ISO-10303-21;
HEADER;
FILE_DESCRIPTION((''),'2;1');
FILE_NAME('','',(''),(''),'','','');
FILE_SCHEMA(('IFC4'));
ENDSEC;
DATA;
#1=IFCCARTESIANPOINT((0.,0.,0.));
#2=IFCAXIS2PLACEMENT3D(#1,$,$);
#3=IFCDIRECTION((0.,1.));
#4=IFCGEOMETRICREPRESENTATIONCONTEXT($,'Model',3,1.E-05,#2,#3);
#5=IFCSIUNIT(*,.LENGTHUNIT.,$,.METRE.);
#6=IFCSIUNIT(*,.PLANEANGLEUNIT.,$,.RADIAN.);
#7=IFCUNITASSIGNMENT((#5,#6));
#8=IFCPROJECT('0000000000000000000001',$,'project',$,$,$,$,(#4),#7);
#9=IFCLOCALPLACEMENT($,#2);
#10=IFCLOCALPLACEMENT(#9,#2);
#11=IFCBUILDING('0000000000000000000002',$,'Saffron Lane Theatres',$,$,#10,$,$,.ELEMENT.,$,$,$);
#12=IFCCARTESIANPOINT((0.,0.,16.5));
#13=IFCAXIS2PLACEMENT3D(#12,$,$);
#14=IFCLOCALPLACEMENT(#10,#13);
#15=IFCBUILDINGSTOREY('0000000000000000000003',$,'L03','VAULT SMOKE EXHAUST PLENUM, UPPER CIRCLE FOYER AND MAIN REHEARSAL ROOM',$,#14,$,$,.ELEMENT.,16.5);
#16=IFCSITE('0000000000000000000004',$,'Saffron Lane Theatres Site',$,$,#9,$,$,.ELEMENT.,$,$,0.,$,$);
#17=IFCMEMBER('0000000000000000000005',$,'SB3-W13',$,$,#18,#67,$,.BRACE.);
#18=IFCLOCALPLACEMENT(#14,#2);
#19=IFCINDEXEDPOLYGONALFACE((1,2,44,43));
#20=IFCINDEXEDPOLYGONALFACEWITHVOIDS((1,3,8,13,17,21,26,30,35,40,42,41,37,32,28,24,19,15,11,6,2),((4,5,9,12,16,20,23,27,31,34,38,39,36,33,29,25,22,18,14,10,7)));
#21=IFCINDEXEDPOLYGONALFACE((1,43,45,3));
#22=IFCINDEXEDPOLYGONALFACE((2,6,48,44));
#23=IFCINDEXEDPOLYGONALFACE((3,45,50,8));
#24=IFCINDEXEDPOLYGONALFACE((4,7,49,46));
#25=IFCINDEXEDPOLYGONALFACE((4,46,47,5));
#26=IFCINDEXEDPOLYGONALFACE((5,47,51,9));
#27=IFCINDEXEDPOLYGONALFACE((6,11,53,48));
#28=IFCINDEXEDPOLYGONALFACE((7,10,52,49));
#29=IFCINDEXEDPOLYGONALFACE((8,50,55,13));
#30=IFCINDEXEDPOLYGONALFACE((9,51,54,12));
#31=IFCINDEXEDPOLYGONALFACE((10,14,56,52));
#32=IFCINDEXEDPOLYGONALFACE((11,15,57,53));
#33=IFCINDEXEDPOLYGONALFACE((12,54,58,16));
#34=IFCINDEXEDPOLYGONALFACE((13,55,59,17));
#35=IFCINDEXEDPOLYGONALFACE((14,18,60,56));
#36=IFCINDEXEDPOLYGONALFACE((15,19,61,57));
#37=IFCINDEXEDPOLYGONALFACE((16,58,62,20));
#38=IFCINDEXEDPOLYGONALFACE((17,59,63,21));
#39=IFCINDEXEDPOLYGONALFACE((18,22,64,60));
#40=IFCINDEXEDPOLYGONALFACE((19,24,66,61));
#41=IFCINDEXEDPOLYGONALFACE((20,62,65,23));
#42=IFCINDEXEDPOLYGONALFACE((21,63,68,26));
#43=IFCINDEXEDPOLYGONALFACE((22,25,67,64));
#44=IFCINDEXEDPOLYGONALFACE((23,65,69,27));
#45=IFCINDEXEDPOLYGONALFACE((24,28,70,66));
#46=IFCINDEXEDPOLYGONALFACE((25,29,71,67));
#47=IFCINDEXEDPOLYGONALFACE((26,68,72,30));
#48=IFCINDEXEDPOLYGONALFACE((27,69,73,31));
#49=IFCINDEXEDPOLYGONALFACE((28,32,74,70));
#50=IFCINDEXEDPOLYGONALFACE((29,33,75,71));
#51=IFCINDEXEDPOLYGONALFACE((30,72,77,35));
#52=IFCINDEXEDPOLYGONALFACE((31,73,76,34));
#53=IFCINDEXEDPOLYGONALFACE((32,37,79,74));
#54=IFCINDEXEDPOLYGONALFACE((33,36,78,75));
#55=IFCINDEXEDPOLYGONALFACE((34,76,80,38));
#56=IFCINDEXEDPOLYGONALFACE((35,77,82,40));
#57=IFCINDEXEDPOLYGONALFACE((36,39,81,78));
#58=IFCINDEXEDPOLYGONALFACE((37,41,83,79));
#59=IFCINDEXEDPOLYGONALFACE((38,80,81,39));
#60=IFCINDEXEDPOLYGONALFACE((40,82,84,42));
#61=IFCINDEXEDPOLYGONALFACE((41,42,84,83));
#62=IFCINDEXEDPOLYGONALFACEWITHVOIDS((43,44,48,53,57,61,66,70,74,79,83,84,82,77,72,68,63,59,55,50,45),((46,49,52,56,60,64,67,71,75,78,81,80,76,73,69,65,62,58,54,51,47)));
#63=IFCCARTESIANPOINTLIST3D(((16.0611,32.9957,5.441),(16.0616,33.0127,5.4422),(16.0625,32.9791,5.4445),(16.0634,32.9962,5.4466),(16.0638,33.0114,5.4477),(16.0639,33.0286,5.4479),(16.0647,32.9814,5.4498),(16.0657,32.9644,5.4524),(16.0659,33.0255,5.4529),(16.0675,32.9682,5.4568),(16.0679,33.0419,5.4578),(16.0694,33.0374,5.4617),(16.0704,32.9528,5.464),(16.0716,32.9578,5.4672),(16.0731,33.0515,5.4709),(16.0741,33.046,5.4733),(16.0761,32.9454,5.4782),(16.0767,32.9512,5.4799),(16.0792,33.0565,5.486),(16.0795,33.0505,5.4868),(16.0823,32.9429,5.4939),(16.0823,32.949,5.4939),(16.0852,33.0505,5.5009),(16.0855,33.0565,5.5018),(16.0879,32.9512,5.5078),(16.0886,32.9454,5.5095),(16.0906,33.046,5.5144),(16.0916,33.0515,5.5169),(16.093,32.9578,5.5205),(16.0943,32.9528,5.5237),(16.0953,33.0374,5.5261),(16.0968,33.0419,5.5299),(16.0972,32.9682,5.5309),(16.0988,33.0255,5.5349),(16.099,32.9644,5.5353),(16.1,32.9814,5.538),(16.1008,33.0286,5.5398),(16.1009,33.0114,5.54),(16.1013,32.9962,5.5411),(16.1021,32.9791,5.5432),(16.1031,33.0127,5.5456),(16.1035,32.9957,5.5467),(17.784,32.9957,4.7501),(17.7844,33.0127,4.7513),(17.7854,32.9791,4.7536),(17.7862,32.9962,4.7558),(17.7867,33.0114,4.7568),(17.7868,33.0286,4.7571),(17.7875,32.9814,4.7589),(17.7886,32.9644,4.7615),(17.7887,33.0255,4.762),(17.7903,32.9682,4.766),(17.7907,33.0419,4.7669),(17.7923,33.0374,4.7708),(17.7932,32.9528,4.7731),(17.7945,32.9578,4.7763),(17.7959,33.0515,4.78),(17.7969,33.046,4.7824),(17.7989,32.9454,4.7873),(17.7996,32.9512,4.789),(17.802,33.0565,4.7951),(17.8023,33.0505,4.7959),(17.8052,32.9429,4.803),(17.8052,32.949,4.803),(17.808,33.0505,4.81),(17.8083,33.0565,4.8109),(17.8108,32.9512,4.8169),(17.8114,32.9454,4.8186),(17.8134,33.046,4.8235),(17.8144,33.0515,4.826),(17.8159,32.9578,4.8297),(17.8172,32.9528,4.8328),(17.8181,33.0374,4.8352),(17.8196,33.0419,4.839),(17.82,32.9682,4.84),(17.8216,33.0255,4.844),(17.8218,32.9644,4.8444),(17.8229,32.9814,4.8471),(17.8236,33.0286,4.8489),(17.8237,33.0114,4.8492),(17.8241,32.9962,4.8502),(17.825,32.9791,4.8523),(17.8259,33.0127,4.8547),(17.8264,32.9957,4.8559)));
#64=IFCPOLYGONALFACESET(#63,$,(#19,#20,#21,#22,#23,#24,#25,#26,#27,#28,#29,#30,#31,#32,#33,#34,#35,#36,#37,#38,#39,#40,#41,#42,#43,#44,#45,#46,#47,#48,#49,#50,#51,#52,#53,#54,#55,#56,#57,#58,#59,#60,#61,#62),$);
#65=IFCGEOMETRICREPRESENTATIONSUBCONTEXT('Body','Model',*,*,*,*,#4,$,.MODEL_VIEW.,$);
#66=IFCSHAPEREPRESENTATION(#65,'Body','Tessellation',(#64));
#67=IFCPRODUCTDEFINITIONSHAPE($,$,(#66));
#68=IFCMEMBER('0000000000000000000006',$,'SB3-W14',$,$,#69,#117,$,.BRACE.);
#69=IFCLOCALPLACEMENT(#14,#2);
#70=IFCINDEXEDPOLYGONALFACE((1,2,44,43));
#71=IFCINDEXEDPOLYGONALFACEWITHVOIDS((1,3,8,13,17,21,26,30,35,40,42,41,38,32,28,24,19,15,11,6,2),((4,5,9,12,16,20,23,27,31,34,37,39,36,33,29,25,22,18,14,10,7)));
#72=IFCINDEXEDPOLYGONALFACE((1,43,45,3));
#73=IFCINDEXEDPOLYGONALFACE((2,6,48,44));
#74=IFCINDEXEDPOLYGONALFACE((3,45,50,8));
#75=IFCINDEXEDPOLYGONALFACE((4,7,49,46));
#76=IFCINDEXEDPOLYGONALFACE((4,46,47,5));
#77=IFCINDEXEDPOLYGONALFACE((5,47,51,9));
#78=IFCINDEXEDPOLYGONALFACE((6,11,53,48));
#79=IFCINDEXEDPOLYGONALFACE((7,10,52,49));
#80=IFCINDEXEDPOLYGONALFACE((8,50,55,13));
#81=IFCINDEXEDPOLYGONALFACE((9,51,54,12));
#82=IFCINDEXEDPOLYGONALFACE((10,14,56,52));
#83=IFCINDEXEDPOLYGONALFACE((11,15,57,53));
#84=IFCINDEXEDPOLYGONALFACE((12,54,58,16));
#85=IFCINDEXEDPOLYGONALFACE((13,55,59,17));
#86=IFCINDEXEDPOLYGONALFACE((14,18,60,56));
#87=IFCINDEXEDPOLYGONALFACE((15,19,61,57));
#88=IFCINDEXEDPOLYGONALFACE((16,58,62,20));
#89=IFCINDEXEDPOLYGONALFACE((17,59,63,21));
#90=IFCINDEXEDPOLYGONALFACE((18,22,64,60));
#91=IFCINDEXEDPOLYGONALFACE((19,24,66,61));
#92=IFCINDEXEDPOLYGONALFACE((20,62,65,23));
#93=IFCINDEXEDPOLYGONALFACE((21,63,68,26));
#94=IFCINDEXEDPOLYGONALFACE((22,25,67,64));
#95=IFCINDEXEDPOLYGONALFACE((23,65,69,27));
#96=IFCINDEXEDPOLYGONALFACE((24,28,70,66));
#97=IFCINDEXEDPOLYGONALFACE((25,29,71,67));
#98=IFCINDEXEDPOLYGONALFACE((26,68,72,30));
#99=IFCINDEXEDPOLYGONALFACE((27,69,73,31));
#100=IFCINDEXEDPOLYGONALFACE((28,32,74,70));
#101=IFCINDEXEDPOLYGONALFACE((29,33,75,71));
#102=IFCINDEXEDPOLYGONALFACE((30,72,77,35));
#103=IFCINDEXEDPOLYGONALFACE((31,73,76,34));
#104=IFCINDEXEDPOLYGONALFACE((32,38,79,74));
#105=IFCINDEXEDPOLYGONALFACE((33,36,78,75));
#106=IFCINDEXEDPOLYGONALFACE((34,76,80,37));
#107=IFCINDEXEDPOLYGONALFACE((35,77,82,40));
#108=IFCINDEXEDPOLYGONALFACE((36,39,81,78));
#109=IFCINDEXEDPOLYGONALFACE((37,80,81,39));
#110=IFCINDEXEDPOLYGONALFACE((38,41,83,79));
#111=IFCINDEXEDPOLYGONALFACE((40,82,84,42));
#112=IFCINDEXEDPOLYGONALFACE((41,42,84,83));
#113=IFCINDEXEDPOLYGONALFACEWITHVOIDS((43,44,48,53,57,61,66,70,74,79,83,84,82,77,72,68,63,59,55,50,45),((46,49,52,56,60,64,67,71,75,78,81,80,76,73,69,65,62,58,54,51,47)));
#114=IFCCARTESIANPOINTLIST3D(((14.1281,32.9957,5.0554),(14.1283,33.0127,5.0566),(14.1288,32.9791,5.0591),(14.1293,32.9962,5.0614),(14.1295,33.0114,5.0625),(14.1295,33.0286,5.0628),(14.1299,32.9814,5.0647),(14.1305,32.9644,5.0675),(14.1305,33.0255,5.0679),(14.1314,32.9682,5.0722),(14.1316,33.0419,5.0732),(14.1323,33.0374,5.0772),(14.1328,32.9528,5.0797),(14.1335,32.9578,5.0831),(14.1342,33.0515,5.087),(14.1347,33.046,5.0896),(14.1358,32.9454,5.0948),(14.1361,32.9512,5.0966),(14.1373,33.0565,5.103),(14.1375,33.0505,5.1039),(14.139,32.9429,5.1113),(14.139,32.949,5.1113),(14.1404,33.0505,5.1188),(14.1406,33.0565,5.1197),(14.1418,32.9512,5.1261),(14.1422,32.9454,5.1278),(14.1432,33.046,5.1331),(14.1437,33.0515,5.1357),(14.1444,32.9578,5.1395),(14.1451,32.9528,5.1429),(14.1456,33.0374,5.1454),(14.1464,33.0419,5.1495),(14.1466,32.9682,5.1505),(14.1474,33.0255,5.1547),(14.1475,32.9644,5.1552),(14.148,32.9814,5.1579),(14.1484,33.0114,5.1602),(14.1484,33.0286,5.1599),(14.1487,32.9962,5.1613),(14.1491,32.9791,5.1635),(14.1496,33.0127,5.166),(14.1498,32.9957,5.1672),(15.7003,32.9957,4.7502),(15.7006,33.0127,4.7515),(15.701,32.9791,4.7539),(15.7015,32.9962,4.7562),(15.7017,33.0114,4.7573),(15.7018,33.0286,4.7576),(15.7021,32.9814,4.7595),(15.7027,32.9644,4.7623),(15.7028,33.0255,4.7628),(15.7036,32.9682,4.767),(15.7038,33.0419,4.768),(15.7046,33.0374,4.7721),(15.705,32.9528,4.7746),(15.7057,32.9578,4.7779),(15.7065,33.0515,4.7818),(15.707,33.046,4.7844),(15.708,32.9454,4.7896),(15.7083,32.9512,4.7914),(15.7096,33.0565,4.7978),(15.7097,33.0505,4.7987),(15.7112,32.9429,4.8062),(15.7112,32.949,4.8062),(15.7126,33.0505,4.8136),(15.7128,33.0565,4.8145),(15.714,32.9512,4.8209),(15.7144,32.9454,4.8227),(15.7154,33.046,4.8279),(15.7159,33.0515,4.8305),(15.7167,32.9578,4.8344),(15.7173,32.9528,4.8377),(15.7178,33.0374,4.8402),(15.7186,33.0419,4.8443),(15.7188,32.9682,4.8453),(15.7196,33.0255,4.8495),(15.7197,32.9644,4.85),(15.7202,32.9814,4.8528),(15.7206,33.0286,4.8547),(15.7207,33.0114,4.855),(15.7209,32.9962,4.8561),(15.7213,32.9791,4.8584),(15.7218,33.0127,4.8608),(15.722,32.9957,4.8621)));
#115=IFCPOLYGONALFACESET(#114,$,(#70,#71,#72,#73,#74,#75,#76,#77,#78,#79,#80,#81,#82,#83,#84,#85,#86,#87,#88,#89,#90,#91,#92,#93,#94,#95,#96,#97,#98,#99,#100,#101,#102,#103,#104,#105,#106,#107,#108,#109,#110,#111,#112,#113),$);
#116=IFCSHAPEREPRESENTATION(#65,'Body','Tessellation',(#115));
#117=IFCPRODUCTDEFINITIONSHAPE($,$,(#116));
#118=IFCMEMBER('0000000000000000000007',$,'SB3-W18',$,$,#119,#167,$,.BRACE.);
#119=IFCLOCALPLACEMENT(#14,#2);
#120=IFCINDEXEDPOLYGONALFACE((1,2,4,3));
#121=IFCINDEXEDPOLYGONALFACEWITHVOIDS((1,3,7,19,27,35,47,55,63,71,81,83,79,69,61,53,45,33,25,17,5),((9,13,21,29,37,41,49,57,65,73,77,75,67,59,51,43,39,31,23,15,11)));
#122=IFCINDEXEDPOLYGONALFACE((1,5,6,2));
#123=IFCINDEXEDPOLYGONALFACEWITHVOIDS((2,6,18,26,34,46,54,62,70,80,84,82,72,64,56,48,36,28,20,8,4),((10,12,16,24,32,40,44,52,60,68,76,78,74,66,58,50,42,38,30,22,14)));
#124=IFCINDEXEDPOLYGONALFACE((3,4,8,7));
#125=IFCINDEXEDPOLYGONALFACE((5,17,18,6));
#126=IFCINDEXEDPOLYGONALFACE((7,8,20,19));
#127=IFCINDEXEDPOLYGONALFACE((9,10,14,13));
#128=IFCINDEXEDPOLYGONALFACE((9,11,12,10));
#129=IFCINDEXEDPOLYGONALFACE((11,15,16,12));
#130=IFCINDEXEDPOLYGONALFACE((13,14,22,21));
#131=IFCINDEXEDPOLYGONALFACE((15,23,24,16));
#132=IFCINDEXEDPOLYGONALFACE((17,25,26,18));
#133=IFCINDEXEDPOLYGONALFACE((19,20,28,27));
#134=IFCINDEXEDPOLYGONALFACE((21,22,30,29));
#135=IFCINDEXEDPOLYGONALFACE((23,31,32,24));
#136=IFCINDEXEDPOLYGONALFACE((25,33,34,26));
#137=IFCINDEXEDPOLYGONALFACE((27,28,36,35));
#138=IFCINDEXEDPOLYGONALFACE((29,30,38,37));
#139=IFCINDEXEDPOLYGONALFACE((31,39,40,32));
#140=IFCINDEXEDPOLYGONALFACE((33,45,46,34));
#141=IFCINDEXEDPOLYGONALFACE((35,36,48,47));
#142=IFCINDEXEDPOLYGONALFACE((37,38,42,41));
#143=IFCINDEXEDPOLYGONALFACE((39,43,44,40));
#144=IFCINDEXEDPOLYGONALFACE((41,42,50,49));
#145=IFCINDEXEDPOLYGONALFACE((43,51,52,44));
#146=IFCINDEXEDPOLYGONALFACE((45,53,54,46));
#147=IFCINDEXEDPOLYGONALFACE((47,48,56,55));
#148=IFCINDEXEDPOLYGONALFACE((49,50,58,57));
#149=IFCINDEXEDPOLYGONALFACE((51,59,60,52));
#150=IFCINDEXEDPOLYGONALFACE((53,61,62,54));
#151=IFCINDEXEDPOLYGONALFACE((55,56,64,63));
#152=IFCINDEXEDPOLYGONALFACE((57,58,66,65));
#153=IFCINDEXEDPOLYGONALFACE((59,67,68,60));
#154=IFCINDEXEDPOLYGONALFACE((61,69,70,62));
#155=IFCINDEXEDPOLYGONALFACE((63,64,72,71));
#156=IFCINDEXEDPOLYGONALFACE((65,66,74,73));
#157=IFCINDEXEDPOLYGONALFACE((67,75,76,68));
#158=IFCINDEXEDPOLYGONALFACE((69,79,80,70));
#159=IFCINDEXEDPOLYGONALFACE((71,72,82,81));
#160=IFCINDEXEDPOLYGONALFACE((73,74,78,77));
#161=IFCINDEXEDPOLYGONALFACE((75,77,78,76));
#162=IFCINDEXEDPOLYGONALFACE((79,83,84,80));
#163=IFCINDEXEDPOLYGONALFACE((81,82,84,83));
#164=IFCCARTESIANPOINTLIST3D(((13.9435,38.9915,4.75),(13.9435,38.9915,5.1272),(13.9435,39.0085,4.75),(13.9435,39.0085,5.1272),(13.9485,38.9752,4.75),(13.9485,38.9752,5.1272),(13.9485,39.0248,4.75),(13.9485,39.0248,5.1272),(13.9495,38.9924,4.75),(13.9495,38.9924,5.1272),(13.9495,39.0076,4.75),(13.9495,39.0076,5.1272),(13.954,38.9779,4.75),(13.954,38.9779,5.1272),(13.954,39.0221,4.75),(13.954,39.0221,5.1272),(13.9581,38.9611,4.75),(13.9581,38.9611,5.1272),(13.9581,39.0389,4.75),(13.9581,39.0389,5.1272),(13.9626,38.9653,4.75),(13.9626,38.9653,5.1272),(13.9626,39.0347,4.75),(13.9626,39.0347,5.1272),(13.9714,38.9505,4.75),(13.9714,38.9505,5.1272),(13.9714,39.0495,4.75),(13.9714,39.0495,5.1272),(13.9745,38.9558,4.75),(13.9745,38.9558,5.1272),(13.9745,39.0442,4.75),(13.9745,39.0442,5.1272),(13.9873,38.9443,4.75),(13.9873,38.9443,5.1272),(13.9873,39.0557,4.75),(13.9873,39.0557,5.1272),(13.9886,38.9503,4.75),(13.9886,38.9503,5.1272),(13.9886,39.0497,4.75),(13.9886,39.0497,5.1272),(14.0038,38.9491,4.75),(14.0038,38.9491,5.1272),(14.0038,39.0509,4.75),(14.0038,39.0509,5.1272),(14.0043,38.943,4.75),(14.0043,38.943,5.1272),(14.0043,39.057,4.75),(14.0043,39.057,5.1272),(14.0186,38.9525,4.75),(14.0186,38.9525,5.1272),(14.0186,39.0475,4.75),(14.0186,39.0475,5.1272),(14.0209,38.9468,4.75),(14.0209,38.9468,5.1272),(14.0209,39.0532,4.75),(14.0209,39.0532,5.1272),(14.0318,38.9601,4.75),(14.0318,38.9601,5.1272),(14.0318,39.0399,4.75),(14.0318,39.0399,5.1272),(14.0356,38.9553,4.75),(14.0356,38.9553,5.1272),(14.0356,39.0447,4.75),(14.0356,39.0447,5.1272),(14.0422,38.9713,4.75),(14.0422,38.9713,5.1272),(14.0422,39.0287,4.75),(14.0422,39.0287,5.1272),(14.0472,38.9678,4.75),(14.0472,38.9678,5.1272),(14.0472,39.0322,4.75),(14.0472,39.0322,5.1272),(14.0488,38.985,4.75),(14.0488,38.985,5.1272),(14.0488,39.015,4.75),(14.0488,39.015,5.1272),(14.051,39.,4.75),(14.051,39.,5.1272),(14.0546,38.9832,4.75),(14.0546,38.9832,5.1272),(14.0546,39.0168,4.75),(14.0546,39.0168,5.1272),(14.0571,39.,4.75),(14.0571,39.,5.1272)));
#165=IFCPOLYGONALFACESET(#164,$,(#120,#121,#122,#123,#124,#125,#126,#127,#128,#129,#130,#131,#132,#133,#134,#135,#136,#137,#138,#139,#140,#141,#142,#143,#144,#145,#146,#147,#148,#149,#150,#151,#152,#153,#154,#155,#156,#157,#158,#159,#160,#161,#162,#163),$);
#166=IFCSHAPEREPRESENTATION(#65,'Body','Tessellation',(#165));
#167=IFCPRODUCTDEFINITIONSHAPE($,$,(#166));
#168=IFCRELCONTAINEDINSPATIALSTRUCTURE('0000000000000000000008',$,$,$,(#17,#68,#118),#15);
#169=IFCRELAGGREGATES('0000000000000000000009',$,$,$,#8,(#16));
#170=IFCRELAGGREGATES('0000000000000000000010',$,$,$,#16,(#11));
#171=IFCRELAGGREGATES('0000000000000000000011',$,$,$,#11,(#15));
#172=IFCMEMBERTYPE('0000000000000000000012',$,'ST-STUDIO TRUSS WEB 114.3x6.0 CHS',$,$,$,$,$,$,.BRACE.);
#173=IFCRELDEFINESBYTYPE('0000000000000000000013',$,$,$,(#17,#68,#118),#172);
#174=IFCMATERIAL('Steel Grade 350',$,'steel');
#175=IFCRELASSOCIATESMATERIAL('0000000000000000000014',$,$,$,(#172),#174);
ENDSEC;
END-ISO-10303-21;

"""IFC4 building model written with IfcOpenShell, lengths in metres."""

from ifc_helpers import new_model, si_unit, direction, frame, origin, origin_2d, place, context, subcontext, project, spatial, hollow_circle, extrude, material, material_profile, profile_set, type_object, element, save


model = new_model("IFC4")

# Units and contexts
model_context = context("Model", 3, precision=1e-05, world=origin(), true_north=direction((0.0, 1.0)))
body_context = subcontext(model_context, "Body", "Model", "MODEL_VIEW")
ifc_project = project(units=[si_unit("LENGTHUNIT", "METRE"), si_unit("PLANEANGLEUNIT", "RADIAN")], contexts=[model_context])

# Site, building, storey
site_placement = place(None, origin())
site = spatial("IfcSite", under=ifc_project, at=site_placement, Name="Saffron Lane Theatres Site", CompositionType="ELEMENT", RefElevation=0.0)
building_placement = place(site_placement, origin())
building = spatial("IfcBuilding", under=site, at=building_placement, Name="Saffron Lane Theatres", CompositionType="ELEMENT")
storey_placement = place(building_placement, frame((0.0, 0.0, 16.5)))
storey = spatial("IfcBuildingStorey", under=building, at=storey_placement, Name="L03", Description="VAULT SMOKE EXHAUST PLENUM, UPPER CIRCLE FOYER AND MAIN REHEARSAL ROOM", CompositionType="ELEMENT", Elevation=16.5)

# Members
ifc_material_1 = material(Name="Steel Grade 350", Category="steel")
ifc_material_profile_1 = material_profile(ifc_material_1, hollow_circle(Radius=0.0571, WallThickness=0.0061, at=origin_2d()))
ifc_profile_set_1 = profile_set([ifc_material_profile_1], Name="Steel Grade 350")
member_type_1 = type_object("IfcMemberType", Name="ST-STUDIO TRUSS WEB 114.3x6.0 CHS", PredefinedType="BRACE", material=ifc_profile_set_1)
member_1_placement = place(storey_placement, frame((17.8052, 33.0, 4.803), z_axis=(-0.92815, 0.0, 0.372207), x_axis=(0.0, -1.0, 0.0)))
element("IfcMember", 1, at=member_1_placement, inside=storey, type_object=member_type_1, Name="SB3-W13", PredefinedType="BRACE", context=body_context, shape_type="SweptSolid", body=[
    extrude(hollow_circle(Radius=0.0571, WallThickness=0.0061, at=origin_2d()), origin(), (0.0, 0.0, 1.0), 1.8562),
])
member_2_placement = place(storey_placement, frame((15.7112, 33.0, 4.8062), z_axis=(-0.981679, 0.0, 0.190543), x_axis=(0.0, -1.0, 0.0)))
element("IfcMember", 2, at=member_2_placement, inside=storey, type_object=member_type_1, Name="SB3-W14", PredefinedType="BRACE", context=body_context, shape_type="SweptSolid", body=[
    extrude(hollow_circle(Radius=0.0571, WallThickness=0.0061, at=origin_2d()), origin(), (0.0, 0.0, 1.0), 1.6016),
])
member_3_placement = place(storey_placement, frame((14.0, 39.0, 4.75), z_axis=(0.0, 0.0, 1.0), x_axis=(1.0, 0.0, 0.0)))
element("IfcMember", 3, at=member_3_placement, inside=storey, type_object=member_type_1, Name="SB3-W18", PredefinedType="BRACE", context=body_context, shape_type="SweptSolid", body=[
    extrude(hollow_circle(Radius=0.0571, WallThickness=0.0061, at=origin_2d()), origin(), (0.0, 0.0, 1.0), 0.3772),
])

save(model, "model.ifc")
